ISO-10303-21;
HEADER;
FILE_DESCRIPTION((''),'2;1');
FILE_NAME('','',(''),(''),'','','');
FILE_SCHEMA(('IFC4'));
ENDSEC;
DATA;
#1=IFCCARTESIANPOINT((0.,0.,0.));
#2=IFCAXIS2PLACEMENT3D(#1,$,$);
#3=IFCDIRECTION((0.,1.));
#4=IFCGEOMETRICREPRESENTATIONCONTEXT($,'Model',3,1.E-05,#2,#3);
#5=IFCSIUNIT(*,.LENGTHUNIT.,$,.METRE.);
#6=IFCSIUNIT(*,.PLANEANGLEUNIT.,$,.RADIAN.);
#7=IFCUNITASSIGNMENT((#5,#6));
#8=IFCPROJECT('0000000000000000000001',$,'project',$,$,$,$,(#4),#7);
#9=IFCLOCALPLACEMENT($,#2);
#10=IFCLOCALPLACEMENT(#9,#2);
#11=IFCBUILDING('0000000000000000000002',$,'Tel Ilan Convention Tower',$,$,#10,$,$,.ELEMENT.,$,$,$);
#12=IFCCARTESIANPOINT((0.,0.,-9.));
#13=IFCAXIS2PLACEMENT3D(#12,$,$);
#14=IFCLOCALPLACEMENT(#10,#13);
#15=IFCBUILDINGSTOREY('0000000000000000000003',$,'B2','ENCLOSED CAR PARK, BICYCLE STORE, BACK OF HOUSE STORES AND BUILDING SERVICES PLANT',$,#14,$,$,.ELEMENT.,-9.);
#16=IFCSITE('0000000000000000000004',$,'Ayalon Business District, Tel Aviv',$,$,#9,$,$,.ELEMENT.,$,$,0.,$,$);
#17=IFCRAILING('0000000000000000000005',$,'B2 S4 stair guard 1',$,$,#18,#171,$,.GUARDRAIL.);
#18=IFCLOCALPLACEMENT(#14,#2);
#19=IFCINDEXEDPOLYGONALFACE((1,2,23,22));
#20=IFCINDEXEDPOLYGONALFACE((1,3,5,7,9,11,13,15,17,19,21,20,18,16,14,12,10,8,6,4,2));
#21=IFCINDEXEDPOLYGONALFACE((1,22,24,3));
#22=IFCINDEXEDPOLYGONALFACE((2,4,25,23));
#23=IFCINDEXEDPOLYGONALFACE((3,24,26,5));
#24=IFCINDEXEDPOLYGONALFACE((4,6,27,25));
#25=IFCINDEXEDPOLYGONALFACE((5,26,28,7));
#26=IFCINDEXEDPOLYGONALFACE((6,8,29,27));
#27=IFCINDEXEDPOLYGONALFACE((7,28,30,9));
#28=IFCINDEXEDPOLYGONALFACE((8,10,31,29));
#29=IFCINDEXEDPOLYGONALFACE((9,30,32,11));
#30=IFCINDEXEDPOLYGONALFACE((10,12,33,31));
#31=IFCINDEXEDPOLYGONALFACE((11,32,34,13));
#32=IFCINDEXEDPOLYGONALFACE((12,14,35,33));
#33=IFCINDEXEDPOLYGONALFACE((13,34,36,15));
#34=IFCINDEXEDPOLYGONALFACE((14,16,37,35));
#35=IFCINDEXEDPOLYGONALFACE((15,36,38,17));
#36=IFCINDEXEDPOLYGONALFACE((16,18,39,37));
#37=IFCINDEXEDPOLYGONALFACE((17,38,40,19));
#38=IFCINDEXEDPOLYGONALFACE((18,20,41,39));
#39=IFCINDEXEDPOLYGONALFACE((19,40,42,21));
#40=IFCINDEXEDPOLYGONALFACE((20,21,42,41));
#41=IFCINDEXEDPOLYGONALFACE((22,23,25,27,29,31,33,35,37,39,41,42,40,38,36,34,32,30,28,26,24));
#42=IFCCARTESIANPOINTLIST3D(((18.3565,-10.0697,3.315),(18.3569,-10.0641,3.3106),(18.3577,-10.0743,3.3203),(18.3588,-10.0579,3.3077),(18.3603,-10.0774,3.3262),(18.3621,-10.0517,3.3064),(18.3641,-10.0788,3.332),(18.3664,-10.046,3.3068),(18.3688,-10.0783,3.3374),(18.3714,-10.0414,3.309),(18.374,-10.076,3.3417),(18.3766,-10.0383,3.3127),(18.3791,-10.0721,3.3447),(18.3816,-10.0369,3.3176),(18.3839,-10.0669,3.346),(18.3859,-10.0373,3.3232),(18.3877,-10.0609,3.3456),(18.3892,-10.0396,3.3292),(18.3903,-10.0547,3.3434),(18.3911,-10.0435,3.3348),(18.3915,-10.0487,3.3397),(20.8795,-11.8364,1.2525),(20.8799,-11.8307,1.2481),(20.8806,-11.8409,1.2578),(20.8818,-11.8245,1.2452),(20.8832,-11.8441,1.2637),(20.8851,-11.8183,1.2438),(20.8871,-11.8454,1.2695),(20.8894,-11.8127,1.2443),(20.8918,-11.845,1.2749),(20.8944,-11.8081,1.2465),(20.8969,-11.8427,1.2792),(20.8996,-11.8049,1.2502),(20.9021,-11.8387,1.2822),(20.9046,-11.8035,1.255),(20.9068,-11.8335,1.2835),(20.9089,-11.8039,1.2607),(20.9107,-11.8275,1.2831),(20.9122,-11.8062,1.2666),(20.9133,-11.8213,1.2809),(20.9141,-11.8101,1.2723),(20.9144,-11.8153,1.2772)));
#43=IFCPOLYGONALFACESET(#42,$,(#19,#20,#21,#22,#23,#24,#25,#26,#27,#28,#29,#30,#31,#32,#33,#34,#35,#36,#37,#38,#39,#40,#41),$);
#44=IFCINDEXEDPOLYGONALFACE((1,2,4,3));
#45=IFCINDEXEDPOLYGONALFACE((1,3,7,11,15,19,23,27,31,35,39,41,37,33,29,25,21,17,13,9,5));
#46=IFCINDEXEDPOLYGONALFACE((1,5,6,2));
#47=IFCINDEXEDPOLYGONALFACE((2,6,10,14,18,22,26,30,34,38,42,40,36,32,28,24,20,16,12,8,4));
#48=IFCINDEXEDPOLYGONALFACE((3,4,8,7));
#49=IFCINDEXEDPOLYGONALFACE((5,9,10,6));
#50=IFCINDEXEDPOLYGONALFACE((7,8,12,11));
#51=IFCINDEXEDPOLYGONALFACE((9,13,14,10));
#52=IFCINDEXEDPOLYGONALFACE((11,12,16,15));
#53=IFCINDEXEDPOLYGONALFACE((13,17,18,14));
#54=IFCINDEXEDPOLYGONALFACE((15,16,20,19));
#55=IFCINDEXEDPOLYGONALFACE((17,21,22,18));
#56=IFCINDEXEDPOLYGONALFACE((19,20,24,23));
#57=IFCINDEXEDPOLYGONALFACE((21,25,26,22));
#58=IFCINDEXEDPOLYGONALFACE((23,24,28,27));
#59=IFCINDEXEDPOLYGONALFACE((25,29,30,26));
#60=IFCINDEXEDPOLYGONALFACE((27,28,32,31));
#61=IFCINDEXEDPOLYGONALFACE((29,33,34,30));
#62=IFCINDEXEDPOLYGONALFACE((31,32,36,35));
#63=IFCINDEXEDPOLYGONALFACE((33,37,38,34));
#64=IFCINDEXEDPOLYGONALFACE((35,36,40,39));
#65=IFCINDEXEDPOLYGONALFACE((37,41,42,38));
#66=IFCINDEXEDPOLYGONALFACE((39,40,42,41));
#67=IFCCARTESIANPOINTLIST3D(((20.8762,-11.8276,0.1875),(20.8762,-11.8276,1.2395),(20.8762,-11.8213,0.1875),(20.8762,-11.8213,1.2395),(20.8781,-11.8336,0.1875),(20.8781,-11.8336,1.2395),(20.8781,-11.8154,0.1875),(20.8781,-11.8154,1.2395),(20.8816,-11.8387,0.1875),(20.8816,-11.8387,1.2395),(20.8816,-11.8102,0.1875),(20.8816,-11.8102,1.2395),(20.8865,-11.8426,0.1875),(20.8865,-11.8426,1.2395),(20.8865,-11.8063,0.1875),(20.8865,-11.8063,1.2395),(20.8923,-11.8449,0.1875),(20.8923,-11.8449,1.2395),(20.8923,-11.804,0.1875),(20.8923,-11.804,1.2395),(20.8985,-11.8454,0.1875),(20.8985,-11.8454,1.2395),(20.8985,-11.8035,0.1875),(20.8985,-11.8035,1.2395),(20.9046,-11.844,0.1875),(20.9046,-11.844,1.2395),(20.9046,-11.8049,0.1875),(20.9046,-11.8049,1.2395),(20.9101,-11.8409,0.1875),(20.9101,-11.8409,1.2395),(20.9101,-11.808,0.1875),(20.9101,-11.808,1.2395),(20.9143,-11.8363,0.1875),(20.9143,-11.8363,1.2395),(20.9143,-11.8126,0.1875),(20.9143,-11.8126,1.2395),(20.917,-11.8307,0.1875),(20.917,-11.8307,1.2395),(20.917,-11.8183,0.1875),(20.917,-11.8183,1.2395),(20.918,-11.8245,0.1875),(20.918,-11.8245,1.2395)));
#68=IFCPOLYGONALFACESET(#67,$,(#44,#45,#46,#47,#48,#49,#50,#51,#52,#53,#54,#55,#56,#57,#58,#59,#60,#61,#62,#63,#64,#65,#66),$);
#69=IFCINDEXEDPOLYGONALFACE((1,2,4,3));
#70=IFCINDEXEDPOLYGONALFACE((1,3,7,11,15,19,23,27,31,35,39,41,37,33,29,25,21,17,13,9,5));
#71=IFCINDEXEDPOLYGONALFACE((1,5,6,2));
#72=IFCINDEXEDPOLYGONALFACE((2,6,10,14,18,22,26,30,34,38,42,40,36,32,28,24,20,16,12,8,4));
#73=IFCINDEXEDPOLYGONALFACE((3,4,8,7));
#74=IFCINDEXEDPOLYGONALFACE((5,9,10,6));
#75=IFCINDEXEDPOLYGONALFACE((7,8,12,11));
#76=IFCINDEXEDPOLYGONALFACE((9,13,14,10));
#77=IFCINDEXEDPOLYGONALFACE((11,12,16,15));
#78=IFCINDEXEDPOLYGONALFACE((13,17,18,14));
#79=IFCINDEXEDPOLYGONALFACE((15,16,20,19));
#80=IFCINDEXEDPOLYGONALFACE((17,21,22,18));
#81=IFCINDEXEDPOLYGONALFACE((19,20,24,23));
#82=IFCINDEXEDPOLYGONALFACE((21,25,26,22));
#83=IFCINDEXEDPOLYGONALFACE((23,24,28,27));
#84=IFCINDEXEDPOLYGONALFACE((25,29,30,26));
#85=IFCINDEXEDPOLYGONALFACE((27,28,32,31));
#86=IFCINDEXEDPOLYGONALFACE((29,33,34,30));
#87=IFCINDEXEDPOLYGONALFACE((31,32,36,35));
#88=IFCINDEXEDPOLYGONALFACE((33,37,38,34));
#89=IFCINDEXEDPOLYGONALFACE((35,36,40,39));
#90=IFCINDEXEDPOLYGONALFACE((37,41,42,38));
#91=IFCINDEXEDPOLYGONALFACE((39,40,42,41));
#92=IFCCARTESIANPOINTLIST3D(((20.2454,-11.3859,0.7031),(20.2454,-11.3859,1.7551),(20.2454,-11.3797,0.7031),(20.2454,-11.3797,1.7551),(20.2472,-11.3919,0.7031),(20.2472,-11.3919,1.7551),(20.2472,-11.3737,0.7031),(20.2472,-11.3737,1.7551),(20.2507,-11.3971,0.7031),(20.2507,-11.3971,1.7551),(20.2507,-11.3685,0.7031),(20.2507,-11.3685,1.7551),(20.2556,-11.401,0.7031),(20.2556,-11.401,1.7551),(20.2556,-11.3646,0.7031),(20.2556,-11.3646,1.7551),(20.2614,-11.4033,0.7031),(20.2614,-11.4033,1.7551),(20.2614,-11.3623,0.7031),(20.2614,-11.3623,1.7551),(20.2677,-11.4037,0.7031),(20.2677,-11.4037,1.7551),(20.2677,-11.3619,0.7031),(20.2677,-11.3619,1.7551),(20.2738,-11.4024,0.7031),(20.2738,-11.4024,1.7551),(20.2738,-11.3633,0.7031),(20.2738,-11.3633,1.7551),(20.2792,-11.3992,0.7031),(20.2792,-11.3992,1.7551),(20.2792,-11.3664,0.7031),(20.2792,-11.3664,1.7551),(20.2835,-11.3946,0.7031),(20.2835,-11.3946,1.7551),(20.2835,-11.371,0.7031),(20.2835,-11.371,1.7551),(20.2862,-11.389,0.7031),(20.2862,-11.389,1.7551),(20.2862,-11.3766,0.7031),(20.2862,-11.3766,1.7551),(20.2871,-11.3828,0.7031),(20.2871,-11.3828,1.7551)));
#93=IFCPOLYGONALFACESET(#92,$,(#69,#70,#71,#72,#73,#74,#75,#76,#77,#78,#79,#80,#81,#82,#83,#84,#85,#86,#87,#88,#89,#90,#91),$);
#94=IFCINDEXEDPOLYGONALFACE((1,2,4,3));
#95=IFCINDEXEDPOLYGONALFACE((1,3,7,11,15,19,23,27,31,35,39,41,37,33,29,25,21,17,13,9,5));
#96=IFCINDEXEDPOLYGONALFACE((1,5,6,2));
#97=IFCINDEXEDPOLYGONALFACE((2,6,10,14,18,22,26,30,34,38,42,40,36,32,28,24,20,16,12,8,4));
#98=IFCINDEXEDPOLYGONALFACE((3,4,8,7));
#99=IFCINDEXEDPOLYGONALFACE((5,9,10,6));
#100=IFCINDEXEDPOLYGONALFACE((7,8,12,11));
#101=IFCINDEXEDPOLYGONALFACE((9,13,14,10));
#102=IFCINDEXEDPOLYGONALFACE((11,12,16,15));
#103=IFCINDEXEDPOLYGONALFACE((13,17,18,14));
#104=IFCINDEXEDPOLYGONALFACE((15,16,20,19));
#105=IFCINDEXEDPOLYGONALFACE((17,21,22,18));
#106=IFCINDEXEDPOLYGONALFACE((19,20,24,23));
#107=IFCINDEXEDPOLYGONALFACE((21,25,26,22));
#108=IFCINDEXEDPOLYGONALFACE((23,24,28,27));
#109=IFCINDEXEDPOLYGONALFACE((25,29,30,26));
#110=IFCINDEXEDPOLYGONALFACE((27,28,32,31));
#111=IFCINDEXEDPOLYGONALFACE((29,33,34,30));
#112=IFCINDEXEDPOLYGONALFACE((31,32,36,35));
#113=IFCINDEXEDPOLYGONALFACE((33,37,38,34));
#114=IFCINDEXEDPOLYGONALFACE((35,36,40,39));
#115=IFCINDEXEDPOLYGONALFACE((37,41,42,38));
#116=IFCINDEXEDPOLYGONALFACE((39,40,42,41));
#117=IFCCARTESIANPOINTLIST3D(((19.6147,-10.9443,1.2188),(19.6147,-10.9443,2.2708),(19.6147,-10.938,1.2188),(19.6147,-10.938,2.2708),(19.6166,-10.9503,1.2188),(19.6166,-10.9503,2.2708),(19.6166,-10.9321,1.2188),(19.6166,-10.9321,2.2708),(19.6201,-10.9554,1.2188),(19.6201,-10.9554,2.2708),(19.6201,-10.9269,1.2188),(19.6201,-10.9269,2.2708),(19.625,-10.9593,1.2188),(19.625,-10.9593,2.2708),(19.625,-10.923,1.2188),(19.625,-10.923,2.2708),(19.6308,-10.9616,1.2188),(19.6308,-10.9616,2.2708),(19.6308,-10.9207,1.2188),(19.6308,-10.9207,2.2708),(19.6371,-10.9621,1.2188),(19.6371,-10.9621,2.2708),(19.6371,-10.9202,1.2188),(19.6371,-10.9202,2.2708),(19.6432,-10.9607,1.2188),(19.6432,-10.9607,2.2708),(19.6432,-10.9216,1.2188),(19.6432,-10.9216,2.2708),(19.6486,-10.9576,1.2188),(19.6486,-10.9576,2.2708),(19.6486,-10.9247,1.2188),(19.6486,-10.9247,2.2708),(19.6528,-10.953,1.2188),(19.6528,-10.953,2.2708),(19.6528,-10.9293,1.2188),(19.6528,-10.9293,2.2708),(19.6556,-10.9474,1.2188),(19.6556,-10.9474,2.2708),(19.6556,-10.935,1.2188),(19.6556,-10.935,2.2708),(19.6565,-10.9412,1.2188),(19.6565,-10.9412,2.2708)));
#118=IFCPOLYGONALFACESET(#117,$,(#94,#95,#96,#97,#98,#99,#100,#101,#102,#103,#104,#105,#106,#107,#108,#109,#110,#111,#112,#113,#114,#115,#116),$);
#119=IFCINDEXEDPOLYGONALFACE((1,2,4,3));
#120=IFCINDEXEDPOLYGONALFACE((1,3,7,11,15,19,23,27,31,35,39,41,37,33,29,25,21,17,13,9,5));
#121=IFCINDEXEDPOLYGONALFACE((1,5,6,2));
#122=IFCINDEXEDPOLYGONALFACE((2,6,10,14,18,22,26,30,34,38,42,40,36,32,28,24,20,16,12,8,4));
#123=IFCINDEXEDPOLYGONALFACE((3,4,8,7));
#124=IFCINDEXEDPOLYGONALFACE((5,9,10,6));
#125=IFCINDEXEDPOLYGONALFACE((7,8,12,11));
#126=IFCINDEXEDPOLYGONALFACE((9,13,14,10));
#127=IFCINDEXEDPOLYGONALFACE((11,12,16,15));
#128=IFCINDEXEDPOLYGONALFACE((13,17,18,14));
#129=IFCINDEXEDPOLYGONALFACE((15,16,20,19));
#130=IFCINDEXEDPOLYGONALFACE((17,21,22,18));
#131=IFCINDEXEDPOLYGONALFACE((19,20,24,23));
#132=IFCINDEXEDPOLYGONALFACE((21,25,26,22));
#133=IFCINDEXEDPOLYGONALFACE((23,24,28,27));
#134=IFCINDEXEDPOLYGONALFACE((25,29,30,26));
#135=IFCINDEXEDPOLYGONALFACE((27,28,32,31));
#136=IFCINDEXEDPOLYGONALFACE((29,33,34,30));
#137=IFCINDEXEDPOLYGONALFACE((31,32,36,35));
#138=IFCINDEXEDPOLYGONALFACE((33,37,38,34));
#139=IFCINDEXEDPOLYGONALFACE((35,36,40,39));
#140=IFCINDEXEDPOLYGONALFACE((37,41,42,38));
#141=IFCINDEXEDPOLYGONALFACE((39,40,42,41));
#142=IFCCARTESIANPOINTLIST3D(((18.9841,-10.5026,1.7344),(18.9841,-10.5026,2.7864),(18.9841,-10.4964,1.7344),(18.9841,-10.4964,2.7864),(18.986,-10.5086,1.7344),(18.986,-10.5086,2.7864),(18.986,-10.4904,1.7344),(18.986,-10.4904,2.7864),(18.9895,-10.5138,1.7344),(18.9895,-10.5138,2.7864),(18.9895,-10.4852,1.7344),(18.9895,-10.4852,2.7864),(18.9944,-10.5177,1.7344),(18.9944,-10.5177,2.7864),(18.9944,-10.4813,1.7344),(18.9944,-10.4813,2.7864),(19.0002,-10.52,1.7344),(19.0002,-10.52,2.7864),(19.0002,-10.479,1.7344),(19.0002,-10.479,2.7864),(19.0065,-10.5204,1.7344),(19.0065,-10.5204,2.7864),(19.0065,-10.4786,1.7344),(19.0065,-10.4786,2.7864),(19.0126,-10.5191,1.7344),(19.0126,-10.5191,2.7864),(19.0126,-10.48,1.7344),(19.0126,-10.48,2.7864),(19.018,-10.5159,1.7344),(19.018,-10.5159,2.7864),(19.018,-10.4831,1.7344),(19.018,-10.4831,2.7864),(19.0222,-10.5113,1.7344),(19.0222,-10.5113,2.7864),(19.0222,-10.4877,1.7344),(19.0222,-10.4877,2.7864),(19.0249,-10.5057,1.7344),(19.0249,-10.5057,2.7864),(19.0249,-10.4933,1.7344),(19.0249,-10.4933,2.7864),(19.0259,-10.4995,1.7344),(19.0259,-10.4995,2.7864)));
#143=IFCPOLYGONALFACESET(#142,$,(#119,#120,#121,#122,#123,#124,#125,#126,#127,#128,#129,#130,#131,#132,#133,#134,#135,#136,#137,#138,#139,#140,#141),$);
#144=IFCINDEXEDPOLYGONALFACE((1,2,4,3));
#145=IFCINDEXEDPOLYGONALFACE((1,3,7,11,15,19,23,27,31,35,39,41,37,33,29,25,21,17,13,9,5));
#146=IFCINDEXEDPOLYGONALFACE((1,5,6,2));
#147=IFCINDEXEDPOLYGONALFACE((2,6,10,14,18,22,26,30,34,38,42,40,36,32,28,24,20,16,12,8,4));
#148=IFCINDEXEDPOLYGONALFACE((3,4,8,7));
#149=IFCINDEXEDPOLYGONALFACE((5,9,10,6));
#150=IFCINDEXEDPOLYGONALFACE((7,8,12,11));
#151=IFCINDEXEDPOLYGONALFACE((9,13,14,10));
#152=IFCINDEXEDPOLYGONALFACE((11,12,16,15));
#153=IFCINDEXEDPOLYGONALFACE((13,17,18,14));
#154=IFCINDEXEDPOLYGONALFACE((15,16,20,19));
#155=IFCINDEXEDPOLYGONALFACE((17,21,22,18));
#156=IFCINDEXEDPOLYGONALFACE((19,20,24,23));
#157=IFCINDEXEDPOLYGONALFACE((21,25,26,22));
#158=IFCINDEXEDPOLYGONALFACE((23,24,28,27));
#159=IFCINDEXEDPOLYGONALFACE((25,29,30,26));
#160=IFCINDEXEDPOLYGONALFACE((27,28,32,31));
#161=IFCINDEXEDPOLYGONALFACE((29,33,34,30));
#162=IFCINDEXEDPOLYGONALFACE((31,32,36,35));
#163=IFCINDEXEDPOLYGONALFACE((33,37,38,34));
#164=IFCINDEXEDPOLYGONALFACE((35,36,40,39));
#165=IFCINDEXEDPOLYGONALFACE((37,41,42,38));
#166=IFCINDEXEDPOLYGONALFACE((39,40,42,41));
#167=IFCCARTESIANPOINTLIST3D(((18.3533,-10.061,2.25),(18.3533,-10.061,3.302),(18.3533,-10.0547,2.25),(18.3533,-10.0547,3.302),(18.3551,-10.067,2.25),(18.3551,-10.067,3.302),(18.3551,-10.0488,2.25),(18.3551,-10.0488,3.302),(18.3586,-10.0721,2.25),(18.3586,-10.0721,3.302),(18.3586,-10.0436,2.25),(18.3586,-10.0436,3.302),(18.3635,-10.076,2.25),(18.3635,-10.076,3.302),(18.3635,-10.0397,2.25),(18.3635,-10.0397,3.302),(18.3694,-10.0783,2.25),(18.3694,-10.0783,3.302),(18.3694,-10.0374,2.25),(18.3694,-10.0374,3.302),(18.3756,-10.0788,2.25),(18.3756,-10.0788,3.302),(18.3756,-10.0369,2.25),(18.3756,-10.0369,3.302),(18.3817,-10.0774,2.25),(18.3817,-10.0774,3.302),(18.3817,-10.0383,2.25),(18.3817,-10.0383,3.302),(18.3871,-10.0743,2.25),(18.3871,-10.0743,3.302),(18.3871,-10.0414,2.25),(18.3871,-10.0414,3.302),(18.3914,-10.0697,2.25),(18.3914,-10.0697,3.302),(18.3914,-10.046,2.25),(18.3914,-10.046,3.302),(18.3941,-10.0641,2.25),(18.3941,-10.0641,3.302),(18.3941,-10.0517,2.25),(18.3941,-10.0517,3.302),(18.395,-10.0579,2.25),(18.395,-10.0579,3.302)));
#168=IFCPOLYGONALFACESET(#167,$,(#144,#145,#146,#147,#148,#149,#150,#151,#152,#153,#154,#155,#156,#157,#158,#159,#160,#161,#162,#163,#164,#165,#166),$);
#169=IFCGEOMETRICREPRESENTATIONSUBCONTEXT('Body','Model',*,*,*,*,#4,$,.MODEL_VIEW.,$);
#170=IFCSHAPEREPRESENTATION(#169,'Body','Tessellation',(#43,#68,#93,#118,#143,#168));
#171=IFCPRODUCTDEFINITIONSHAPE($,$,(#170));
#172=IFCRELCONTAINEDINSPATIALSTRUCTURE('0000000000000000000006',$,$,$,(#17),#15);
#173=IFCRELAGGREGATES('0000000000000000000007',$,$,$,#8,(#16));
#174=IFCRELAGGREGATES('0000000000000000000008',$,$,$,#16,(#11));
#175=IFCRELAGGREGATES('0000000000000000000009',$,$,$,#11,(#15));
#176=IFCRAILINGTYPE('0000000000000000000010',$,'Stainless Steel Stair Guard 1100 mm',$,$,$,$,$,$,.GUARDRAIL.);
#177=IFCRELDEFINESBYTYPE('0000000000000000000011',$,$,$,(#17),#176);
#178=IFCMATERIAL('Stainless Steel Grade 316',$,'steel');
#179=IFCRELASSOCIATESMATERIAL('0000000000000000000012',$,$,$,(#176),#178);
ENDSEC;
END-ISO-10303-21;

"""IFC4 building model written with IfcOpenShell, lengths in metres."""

from ifc_helpers import new_model, si_unit, direction, frame, origin, origin_2d, place, context, subcontext, project, spatial, circle, extrude, material, type_object, element, save


model = new_model("IFC4")

# Units and contexts
model_context = context("Model", 3, precision=1e-05, world=origin(), true_north=direction((0.0, 1.0)))
body_context = subcontext(model_context, "Body", "Model", "MODEL_VIEW")
ifc_project = project(units=[si_unit("LENGTHUNIT", "METRE"), si_unit("PLANEANGLEUNIT", "RADIAN")], contexts=[model_context])

# Site, building, storey
site_placement = place(None, origin())
site = spatial("IfcSite", under=ifc_project, at=site_placement, Name="Ayalon Business District, Tel Aviv", CompositionType="ELEMENT", RefElevation=0.0)
building_placement = place(site_placement, origin())
building = spatial("IfcBuilding", under=site, at=building_placement, Name="Tel Ilan Convention Tower", CompositionType="ELEMENT")
storey_placement = place(building_placement, frame((0.0, 0.0, -9.0)))
storey = spatial("IfcBuildingStorey", under=building, at=storey_placement, Name="B2", Description="ENCLOSED CAR PARK, BICYCLE STORE, BACK OF HOUSE STORES AND BUILDING SERVICES PLANT", CompositionType="ELEMENT", Elevation=-9.0)

# Railing
ifc_material_1 = material(Name="Stainless Steel Grade 316", Category="steel")
railing_type_1 = type_object("IfcRailingType", Name="Stainless Steel Stair Guard 1100 mm", PredefinedType="GUARDRAIL", material=ifc_material_1)
railing_1_placement = place(storey_placement, frame((20.897, -11.8245, 0.1875)))
element("IfcRailing", 1, at=railing_1_placement, inside=storey, type_object=railing_type_1, Name="B2 S4 stair guard 1", PredefinedType="GUARDRAIL", context=body_context, shape_type="SweptSolid", body=[
    extrude(circle(Radius=0.0239, at=origin_2d()), frame((0.0, 0.0, 1.0762), z_axis=(-0.680635, 0.476589, 0.556416), x_axis=(-0.573579, -0.81915, 0.0)), (0.0, 0.0, 1.0), 3.7068),
    extrude(circle(Radius=0.021, at=origin_2d()), origin(), (0.0, 0.0, 1.0), 1.052),
    extrude(circle(Radius=0.021, at=origin_2d()), frame((-0.6309, 0.4417, 0.5156)), (0.0, 0.0, 1.0), 1.052),
    extrude(circle(Radius=0.021, at=origin_2d()), frame((-1.2615, 0.8833, 1.0312)), (0.0, 0.0, 1.0), 1.052),
    extrude(circle(Radius=0.021, at=origin_2d()), frame((-1.8921, 1.325, 1.5469)), (0.0, 0.0, 1.0), 1.052),
    extrude(circle(Radius=0.021, at=origin_2d()), frame((-2.5229, 1.7666, 2.0625)), (0.0, 0.0, 1.0), 1.052),
])

save(model, "model.ifc")
